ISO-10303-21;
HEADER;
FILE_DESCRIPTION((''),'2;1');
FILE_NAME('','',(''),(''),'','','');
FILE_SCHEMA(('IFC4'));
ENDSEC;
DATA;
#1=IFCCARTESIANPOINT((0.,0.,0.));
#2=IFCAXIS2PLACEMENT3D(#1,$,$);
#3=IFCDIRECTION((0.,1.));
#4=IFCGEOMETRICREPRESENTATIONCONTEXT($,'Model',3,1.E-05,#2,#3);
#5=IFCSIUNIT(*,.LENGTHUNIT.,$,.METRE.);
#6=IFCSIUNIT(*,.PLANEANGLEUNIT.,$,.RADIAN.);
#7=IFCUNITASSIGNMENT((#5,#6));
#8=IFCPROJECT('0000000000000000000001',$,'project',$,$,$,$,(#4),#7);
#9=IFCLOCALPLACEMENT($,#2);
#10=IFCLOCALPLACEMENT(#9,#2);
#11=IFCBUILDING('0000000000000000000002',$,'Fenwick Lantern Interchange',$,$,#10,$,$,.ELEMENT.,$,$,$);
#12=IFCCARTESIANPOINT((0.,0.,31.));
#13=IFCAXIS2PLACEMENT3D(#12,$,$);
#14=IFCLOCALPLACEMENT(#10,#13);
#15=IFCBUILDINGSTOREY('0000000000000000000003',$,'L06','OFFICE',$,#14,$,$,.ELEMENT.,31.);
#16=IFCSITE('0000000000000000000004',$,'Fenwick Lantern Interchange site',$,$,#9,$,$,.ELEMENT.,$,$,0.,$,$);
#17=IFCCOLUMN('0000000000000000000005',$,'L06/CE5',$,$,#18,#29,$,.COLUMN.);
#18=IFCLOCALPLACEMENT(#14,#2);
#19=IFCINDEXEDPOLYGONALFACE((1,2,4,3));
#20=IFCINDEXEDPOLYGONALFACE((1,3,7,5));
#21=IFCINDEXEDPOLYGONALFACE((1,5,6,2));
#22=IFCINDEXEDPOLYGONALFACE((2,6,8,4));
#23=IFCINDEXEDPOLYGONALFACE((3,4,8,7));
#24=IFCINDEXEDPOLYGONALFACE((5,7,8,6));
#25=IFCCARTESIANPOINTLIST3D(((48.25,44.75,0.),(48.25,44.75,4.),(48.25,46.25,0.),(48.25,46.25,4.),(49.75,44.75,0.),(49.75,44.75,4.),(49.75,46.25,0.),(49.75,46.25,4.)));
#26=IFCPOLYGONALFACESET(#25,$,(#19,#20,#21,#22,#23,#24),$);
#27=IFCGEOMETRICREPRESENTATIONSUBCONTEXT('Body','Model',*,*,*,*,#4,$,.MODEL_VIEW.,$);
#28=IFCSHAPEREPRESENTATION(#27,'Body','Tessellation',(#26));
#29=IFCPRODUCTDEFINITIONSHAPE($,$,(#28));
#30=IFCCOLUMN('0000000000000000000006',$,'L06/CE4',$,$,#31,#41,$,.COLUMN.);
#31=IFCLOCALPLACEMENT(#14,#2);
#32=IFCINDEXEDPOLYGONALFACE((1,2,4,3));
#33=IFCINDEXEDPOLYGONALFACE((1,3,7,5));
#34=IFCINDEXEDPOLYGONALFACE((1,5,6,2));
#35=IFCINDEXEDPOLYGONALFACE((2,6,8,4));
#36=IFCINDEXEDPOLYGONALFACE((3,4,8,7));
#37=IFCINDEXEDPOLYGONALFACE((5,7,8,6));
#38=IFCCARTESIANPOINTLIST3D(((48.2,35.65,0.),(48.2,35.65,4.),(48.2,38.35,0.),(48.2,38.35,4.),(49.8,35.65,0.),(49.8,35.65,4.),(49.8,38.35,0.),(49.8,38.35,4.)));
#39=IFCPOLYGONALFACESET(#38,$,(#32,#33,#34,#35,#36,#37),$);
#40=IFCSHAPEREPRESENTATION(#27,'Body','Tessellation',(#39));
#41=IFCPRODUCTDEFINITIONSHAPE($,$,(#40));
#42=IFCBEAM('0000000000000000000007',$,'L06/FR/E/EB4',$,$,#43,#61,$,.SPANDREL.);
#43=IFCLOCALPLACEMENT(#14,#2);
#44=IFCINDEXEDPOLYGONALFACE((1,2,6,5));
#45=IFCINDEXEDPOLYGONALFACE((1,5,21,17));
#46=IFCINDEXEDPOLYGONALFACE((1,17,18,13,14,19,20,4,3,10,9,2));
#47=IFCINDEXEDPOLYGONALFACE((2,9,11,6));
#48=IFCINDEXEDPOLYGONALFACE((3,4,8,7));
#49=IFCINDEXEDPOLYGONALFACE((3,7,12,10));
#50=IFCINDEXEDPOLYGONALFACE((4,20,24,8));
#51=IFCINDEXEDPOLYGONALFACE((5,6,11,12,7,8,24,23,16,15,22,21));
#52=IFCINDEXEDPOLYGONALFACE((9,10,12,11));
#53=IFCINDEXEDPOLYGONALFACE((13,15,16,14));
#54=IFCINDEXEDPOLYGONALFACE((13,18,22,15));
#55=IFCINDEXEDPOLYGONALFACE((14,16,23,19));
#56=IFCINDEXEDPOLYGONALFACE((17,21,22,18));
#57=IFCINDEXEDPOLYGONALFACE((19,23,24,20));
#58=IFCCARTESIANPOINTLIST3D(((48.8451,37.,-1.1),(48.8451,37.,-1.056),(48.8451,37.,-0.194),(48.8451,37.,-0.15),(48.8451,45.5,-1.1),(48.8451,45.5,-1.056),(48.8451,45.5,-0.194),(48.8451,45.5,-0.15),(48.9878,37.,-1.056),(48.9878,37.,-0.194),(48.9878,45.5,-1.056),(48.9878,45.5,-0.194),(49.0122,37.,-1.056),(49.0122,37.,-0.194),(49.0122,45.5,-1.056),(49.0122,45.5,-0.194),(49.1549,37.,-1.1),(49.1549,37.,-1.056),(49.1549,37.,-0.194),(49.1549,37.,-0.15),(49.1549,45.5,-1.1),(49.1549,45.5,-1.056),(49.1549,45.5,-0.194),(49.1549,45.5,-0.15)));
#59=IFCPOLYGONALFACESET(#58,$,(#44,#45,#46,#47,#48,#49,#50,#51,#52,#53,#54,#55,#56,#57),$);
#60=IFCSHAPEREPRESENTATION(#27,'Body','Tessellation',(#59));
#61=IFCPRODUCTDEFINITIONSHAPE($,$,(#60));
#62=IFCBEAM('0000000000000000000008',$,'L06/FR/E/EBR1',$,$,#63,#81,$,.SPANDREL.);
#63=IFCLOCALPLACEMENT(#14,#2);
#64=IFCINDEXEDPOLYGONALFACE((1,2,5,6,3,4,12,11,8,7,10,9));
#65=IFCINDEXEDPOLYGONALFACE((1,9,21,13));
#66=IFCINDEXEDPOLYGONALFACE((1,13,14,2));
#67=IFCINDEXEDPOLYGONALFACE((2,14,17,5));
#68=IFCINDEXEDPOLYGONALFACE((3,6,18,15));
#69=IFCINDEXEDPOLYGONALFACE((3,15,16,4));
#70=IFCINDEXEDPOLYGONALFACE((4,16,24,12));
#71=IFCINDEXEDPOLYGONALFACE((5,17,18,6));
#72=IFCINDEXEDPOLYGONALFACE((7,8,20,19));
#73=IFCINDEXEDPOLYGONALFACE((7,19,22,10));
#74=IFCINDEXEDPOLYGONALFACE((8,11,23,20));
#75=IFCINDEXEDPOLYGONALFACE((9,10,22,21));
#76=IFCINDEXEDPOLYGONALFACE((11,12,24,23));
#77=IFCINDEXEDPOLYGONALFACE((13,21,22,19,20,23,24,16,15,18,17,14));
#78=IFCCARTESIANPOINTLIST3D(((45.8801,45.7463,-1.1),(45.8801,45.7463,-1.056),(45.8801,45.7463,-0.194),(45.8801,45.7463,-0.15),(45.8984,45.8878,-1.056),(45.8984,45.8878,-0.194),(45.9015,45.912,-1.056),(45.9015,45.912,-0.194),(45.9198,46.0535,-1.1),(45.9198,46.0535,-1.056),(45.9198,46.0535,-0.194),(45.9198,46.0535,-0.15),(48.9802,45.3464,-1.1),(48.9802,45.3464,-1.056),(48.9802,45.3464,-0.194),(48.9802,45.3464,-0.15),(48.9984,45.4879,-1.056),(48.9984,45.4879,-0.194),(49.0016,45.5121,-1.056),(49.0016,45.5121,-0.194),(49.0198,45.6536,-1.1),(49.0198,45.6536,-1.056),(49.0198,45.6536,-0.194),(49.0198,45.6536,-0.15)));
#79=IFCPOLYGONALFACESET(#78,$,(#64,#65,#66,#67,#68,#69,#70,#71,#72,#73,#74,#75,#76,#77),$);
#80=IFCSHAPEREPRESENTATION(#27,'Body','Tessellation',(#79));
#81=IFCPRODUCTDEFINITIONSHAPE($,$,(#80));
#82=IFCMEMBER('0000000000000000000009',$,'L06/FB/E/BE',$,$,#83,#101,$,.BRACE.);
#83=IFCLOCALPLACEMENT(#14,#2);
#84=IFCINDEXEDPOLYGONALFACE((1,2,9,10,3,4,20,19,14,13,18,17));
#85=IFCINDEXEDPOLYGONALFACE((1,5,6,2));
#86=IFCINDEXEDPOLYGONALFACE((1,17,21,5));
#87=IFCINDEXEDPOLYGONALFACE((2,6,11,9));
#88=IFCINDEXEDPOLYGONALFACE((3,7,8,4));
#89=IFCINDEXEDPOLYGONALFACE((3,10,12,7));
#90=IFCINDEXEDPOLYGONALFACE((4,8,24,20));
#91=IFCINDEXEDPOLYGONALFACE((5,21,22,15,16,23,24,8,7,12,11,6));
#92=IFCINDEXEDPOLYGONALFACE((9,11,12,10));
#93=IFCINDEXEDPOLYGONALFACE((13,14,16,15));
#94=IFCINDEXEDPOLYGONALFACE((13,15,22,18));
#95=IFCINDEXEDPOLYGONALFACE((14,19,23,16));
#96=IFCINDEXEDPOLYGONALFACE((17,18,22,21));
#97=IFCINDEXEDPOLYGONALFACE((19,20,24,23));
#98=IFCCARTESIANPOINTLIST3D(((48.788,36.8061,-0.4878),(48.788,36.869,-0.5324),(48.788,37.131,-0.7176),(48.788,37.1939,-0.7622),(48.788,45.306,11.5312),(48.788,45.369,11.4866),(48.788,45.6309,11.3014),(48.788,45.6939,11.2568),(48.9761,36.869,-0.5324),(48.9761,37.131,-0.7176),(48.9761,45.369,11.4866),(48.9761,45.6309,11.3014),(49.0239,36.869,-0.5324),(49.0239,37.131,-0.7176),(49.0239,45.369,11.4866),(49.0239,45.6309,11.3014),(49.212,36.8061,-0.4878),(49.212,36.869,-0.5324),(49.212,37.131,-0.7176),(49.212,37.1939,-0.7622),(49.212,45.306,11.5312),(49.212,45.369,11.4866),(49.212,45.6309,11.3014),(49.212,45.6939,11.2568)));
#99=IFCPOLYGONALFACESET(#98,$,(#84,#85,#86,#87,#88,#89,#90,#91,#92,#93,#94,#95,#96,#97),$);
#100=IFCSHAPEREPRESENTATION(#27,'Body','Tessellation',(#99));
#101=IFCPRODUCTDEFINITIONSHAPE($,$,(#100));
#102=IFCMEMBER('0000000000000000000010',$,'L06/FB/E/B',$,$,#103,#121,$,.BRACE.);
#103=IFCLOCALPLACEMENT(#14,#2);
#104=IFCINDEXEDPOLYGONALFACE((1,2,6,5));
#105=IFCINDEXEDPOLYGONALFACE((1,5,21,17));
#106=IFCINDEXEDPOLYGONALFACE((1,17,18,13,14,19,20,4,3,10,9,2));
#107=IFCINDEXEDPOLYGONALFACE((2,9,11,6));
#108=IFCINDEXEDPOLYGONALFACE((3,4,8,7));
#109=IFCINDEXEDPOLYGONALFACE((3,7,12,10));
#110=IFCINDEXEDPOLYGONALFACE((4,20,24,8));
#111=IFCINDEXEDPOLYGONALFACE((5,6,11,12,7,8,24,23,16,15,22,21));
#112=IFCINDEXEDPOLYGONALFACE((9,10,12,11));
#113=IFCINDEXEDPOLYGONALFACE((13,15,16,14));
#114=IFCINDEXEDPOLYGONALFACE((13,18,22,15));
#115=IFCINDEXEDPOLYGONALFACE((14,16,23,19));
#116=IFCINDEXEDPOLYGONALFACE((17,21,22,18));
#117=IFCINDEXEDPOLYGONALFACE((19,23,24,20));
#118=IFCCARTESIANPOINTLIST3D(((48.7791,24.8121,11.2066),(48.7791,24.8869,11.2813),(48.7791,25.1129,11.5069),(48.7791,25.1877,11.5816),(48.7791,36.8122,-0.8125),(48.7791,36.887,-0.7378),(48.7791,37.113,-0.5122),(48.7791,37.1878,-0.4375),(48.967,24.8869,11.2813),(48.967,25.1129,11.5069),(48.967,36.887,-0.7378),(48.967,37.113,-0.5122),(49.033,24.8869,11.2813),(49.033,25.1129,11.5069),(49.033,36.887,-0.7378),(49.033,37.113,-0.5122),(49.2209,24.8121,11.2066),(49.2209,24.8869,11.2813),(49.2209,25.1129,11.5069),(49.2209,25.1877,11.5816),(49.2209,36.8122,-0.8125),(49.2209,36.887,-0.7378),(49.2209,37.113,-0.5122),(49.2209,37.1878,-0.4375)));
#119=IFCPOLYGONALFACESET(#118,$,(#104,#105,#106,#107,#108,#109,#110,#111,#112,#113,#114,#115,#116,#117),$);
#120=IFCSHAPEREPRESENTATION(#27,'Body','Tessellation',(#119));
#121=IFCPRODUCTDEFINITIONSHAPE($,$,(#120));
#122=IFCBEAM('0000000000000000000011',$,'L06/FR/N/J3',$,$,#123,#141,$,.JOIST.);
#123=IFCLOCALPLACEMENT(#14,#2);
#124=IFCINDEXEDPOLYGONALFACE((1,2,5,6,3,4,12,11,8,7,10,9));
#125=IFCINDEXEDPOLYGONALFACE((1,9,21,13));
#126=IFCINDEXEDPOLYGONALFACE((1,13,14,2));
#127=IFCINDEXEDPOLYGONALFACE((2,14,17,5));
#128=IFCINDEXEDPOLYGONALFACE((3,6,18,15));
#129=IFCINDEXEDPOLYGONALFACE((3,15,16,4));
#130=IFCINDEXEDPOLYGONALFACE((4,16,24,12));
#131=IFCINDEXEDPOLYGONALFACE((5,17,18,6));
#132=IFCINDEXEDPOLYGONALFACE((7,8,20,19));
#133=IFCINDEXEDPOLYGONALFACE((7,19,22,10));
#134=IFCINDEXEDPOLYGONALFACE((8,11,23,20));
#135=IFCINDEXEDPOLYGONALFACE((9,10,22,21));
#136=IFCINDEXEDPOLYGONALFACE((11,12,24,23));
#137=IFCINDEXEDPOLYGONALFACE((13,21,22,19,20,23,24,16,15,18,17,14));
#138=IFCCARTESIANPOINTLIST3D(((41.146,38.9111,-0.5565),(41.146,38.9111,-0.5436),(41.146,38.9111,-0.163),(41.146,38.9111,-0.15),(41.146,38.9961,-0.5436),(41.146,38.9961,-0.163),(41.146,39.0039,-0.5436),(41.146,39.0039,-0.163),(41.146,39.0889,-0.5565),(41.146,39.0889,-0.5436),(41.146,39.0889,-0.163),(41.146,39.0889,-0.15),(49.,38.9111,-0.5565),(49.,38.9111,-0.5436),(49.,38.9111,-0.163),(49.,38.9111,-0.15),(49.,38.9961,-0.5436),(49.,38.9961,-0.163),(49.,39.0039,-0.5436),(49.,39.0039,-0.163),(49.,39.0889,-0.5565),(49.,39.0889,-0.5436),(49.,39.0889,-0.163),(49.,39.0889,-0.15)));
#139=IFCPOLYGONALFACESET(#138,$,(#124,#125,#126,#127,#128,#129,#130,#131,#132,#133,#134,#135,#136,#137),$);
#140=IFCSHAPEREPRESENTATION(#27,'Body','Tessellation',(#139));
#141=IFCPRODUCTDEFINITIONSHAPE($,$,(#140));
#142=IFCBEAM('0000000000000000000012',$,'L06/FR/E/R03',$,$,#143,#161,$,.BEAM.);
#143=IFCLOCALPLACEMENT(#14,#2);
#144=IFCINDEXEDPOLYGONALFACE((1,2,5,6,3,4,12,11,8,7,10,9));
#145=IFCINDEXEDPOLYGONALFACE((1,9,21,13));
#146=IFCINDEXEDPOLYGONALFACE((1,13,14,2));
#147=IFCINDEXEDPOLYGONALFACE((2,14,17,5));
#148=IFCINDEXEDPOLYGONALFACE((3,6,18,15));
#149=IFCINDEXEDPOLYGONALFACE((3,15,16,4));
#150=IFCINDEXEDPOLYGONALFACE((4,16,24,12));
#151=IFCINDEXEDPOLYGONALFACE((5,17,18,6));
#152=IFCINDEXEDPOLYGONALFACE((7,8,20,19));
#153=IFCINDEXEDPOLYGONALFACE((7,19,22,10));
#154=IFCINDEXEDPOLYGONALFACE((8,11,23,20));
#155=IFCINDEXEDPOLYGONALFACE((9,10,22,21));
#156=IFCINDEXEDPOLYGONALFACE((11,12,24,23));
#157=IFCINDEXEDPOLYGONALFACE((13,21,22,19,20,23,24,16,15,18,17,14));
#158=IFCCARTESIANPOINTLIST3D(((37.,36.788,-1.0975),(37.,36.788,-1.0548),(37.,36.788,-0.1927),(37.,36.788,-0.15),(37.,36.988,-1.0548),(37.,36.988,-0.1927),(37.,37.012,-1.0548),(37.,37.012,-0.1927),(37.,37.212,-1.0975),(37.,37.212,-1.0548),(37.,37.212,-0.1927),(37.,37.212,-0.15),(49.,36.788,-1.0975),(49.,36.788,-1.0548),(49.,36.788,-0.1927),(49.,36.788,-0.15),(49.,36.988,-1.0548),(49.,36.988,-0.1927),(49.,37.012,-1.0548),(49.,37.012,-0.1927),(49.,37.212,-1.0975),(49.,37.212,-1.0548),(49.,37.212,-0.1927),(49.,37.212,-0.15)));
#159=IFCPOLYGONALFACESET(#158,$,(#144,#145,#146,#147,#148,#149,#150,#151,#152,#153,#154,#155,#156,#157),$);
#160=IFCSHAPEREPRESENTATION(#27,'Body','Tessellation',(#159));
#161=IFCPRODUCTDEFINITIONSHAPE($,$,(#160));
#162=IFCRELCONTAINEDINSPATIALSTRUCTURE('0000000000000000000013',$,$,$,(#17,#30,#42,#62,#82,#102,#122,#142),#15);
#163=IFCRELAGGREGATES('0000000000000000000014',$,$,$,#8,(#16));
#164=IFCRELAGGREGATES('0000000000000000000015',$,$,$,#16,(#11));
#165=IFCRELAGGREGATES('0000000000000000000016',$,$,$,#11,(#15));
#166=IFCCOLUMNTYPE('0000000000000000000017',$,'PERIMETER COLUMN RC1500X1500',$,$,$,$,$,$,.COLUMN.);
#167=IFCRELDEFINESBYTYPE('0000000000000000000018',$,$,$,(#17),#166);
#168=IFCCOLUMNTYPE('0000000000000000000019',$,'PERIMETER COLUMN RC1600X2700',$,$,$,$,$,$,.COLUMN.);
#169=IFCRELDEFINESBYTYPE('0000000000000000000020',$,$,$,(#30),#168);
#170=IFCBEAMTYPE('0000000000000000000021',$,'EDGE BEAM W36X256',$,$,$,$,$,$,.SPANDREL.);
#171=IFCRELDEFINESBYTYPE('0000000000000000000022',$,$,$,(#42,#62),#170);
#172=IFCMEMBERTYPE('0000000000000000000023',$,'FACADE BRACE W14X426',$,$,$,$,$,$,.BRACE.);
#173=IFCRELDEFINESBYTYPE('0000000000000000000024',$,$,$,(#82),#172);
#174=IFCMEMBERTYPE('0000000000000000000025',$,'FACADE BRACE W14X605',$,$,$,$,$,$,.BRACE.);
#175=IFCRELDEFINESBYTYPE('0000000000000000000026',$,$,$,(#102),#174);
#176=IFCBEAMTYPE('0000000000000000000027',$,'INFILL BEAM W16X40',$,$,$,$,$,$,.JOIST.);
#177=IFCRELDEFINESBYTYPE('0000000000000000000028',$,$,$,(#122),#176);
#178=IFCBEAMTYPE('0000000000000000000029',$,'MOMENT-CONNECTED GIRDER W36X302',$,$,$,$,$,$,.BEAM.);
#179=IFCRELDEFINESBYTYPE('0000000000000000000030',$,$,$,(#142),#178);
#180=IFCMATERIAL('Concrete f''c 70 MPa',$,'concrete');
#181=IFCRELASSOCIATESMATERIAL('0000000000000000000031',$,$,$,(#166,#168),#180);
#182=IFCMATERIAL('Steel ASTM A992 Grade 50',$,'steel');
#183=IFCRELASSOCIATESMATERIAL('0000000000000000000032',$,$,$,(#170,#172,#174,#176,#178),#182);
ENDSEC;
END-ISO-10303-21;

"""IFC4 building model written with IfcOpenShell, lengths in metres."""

from ifc_helpers import new_model, si_unit, direction, frame, origin, origin_2d, place, context, subcontext, project, spatial, rectangle, i_section, extrude, material, material_profile, profile_set, type_object, element, save


model = new_model("IFC4")

# Units and contexts
model_context = context("Model", 3, precision=1e-05, world=origin(), true_north=direction((0.0, 1.0)))
body_context = subcontext(model_context, "Body", "Model", "MODEL_VIEW")
ifc_project = project(units=[si_unit("LENGTHUNIT", "METRE"), si_unit("PLANEANGLEUNIT", "RADIAN")], contexts=[model_context])

# Site, building, storey
site_placement = place(None, origin())
site = spatial("IfcSite", under=ifc_project, at=site_placement, Name="Fenwick Lantern Interchange site", CompositionType="ELEMENT", RefElevation=0.0)
building_placement = place(site_placement, origin())
building = spatial("IfcBuilding", under=site, at=building_placement, Name="Fenwick Lantern Interchange", CompositionType="ELEMENT")
storey_placement = place(building_placement, frame((0.0, 0.0, 31.0)))
storey = spatial("IfcBuildingStorey", under=building, at=storey_placement, Name="L06", Description="OFFICE", CompositionType="ELEMENT", Elevation=31.0)

# Columns
ifc_material_1 = material(Name="Concrete f'c 70 MPa", Category="concrete")
ifc_material_profile_1 = material_profile(ifc_material_1, rectangle(XDim=1.5, YDim=1.5, at=origin_2d()), Name="RC1500X1500")
ifc_profile_set_1 = profile_set([ifc_material_profile_1], Name="Concrete f'c 70 MPa")
column_type_1 = type_object("IfcColumnType", Name="PERIMETER COLUMN RC1500X1500", PredefinedType="COLUMN", material=ifc_profile_set_1)
column_1_placement = place(storey_placement, frame((49.0, 45.5, 0.0), z_axis=(0.0, 0.0, 1.0), x_axis=(1.0, 0.0, 0.0)))
element("IfcColumn", 1, at=column_1_placement, inside=storey, type_object=column_type_1, Name="L06/CE5", PredefinedType="COLUMN", context=body_context, shape_type="SweptSolid", body=[
    extrude(rectangle(XDim=1.5, YDim=1.5, at=origin_2d()), origin(), (0.0, 0.0, 1.0), 4.0),
])
ifc_material_profile_2 = material_profile(ifc_material_1, rectangle(XDim=1.6001, YDim=2.7, at=origin_2d()), Name="RC1600X2700")
ifc_profile_set_2 = profile_set([ifc_material_profile_2], Name="Concrete f'c 70 MPa")
column_type_2 = type_object("IfcColumnType", Name="PERIMETER COLUMN RC1600X2700", PredefinedType="COLUMN", material=ifc_profile_set_2)
column_2_placement = place(storey_placement, frame((49.0, 37.0, 0.0), z_axis=(0.0, 0.0, 1.0), x_axis=(1.0, 0.0, 0.0)))
element("IfcColumn", 2, at=column_2_placement, inside=storey, type_object=column_type_2, Name="L06/CE4", PredefinedType="COLUMN", context=body_context, shape_type="SweptSolid", body=[
    extrude(rectangle(XDim=1.6001, YDim=2.7, at=origin_2d()), origin(), (0.0, 0.0, 1.0), 4.0),
])

# Beams
ifc_material_2 = material(Name="Steel ASTM A992 Grade 50", Category="steel")
ifc_material_profile_3 = material_profile(ifc_material_2, i_section(OverallWidth=0.3098, OverallDepth=0.95, WebThickness=0.0244, FlangeThickness=0.0439, at=origin_2d()), Name="W36X256")
ifc_profile_set_3 = profile_set([ifc_material_profile_3], Name="Steel ASTM A992 Grade 50")
beam_type_1 = type_object("IfcBeamType", Name="EDGE BEAM W36X256", PredefinedType="SPANDREL", material=ifc_profile_set_3)
beam_1_placement = place(storey_placement, frame((49.0, 37.0, -0.625), z_axis=(0.0, 1.0, 0.0), x_axis=(-1.0, 0.0, 0.0)))
element("IfcBeam", 3, at=beam_1_placement, inside=storey, type_object=beam_type_1, Name="L06/FR/E/EB4", PredefinedType="SPANDREL", context=body_context, shape_type="SweptSolid", body=[
    extrude(i_section(OverallWidth=0.3098, OverallDepth=0.95, WebThickness=0.0244, FlangeThickness=0.0439, at=origin_2d()), origin(), (0.0, 0.0, 1.0), 8.5),
])
beam_2_placement = place(storey_placement, frame((49.0, 45.5, -0.625), z_axis=(-0.991782, 0.127937, 0.0), x_axis=(-0.127937, -0.991782, 0.0)))
element("IfcBeam", 4, at=beam_2_placement, inside=storey, type_object=beam_type_1, Name="L06/FR/E/EBR1", PredefinedType="SPANDREL", context=body_context, shape_type="SweptSolid", body=[
    extrude(i_section(OverallWidth=0.3098, OverallDepth=0.95, WebThickness=0.0244, FlangeThickness=0.0439, at=origin_2d()), origin(), (0.0, 0.0, 1.0), 3.1257),
])

# Members
ifc_material_profile_4 = material_profile(ifc_material_2, i_section(OverallWidth=0.4241, OverallDepth=0.4751, WebThickness=0.0479, FlangeThickness=0.0771, at=origin_2d()), Name="W14X426")
ifc_profile_set_4 = profile_set([ifc_material_profile_4], Name="Steel ASTM A992 Grade 50")
member_type_1 = type_object("IfcMemberType", Name="FACADE BRACE W14X426", PredefinedType="BRACE", material=ifc_profile_set_4)
member_1_placement = place(storey_placement, frame((49.0, 37.0, -0.625), z_axis=(0.0, 0.577407, 0.816456), x_axis=(-1.0, 0.0, 0.0)))
element("IfcMember", 5, at=member_1_placement, inside=storey, type_object=member_type_1, Name="L06/FB/E/BE", PredefinedType="BRACE", context=body_context, shape_type="SweptSolid", body=[
    extrude(i_section(OverallWidth=0.4241, OverallDepth=0.4751, WebThickness=0.0479, FlangeThickness=0.0771, at=origin_2d()), origin(), (0.0, 0.0, 1.0), 14.7209),
])
ifc_material_profile_5 = material_profile(ifc_material_2, i_section(OverallWidth=0.4419, OverallDepth=0.5308, WebThickness=0.0659, FlangeThickness=0.1057, at=origin_2d()), Name="W14X605")
ifc_profile_set_5 = profile_set([ifc_material_profile_5], Name="Steel ASTM A992 Grade 50")
member_type_2 = type_object("IfcMemberType", Name="FACADE BRACE W14X605", PredefinedType="BRACE", material=ifc_profile_set_5)
member_2_placement = place(storey_placement, frame((49.0, 37.0, -0.625), z_axis=(0.0, -0.706546, 0.707667), x_axis=(1.0, 0.0, 0.0)))
element("IfcMember", 6, at=member_2_placement, inside=storey, type_object=member_type_2, Name="L06/FB/E/B", PredefinedType="BRACE", context=body_context, shape_type="SweptSolid", body=[
    extrude(i_section(OverallWidth=0.4419, OverallDepth=0.5308, WebThickness=0.0659, FlangeThickness=0.1057, at=origin_2d()), origin(), (0.0, 0.0, 1.0), 16.9841),
])

# Beams
ifc_material_profile_6 = material_profile(ifc_material_2, i_section(OverallWidth=0.1777, OverallDepth=0.4065, WebThickness=0.0078, FlangeThickness=0.0129, at=origin_2d()), Name="W16X40")
ifc_profile_set_6 = profile_set([ifc_material_profile_6], Name="Steel ASTM A992 Grade 50")
beam_type_2 = type_object("IfcBeamType", Name="INFILL BEAM W16X40", PredefinedType="JOIST", material=ifc_profile_set_6)
beam_3_placement = place(storey_placement, frame((49.0, 39.0, -0.3533), z_axis=(-1.0, 0.0, 0.0), x_axis=(0.0, -1.0, 0.0)))
element("IfcBeam", 7, at=beam_3_placement, inside=storey, type_object=beam_type_2, Name="L06/FR/N/J3", PredefinedType="JOIST", context=body_context, shape_type="SweptSolid", body=[
    extrude(i_section(OverallWidth=0.1777, OverallDepth=0.4065, WebThickness=0.0078, FlangeThickness=0.0129, at=origin_2d()), origin(), (0.0, 0.0, 1.0), 7.854),
])
ifc_material_profile_7 = material_profile(ifc_material_2, i_section(OverallWidth=0.4241, OverallDepth=0.9475, WebThickness=0.0239, FlangeThickness=0.0427, at=origin_2d()), Name="W36X302")
ifc_profile_set_7 = profile_set([ifc_material_profile_7], Name="Steel ASTM A992 Grade 50")
beam_type_3 = type_object("IfcBeamType", Name="MOMENT-CONNECTED GIRDER W36X302", PredefinedType="BEAM", material=ifc_profile_set_7)
beam_4_placement = place(storey_placement, frame((49.0, 37.0, -0.6238), z_axis=(-1.0, 0.0, 0.0), x_axis=(0.0, -1.0, 0.0)))
element("IfcBeam", 8, at=beam_4_placement, inside=storey, type_object=beam_type_3, Name="L06/FR/E/R03", PredefinedType="BEAM", context=body_context, shape_type="SweptSolid", body=[
    extrude(i_section(OverallWidth=0.4241, OverallDepth=0.9475, WebThickness=0.0239, FlangeThickness=0.0427, at=origin_2d()), origin(), (0.0, 0.0, 1.0), 12.0),
])

save(model, "model.ifc")
